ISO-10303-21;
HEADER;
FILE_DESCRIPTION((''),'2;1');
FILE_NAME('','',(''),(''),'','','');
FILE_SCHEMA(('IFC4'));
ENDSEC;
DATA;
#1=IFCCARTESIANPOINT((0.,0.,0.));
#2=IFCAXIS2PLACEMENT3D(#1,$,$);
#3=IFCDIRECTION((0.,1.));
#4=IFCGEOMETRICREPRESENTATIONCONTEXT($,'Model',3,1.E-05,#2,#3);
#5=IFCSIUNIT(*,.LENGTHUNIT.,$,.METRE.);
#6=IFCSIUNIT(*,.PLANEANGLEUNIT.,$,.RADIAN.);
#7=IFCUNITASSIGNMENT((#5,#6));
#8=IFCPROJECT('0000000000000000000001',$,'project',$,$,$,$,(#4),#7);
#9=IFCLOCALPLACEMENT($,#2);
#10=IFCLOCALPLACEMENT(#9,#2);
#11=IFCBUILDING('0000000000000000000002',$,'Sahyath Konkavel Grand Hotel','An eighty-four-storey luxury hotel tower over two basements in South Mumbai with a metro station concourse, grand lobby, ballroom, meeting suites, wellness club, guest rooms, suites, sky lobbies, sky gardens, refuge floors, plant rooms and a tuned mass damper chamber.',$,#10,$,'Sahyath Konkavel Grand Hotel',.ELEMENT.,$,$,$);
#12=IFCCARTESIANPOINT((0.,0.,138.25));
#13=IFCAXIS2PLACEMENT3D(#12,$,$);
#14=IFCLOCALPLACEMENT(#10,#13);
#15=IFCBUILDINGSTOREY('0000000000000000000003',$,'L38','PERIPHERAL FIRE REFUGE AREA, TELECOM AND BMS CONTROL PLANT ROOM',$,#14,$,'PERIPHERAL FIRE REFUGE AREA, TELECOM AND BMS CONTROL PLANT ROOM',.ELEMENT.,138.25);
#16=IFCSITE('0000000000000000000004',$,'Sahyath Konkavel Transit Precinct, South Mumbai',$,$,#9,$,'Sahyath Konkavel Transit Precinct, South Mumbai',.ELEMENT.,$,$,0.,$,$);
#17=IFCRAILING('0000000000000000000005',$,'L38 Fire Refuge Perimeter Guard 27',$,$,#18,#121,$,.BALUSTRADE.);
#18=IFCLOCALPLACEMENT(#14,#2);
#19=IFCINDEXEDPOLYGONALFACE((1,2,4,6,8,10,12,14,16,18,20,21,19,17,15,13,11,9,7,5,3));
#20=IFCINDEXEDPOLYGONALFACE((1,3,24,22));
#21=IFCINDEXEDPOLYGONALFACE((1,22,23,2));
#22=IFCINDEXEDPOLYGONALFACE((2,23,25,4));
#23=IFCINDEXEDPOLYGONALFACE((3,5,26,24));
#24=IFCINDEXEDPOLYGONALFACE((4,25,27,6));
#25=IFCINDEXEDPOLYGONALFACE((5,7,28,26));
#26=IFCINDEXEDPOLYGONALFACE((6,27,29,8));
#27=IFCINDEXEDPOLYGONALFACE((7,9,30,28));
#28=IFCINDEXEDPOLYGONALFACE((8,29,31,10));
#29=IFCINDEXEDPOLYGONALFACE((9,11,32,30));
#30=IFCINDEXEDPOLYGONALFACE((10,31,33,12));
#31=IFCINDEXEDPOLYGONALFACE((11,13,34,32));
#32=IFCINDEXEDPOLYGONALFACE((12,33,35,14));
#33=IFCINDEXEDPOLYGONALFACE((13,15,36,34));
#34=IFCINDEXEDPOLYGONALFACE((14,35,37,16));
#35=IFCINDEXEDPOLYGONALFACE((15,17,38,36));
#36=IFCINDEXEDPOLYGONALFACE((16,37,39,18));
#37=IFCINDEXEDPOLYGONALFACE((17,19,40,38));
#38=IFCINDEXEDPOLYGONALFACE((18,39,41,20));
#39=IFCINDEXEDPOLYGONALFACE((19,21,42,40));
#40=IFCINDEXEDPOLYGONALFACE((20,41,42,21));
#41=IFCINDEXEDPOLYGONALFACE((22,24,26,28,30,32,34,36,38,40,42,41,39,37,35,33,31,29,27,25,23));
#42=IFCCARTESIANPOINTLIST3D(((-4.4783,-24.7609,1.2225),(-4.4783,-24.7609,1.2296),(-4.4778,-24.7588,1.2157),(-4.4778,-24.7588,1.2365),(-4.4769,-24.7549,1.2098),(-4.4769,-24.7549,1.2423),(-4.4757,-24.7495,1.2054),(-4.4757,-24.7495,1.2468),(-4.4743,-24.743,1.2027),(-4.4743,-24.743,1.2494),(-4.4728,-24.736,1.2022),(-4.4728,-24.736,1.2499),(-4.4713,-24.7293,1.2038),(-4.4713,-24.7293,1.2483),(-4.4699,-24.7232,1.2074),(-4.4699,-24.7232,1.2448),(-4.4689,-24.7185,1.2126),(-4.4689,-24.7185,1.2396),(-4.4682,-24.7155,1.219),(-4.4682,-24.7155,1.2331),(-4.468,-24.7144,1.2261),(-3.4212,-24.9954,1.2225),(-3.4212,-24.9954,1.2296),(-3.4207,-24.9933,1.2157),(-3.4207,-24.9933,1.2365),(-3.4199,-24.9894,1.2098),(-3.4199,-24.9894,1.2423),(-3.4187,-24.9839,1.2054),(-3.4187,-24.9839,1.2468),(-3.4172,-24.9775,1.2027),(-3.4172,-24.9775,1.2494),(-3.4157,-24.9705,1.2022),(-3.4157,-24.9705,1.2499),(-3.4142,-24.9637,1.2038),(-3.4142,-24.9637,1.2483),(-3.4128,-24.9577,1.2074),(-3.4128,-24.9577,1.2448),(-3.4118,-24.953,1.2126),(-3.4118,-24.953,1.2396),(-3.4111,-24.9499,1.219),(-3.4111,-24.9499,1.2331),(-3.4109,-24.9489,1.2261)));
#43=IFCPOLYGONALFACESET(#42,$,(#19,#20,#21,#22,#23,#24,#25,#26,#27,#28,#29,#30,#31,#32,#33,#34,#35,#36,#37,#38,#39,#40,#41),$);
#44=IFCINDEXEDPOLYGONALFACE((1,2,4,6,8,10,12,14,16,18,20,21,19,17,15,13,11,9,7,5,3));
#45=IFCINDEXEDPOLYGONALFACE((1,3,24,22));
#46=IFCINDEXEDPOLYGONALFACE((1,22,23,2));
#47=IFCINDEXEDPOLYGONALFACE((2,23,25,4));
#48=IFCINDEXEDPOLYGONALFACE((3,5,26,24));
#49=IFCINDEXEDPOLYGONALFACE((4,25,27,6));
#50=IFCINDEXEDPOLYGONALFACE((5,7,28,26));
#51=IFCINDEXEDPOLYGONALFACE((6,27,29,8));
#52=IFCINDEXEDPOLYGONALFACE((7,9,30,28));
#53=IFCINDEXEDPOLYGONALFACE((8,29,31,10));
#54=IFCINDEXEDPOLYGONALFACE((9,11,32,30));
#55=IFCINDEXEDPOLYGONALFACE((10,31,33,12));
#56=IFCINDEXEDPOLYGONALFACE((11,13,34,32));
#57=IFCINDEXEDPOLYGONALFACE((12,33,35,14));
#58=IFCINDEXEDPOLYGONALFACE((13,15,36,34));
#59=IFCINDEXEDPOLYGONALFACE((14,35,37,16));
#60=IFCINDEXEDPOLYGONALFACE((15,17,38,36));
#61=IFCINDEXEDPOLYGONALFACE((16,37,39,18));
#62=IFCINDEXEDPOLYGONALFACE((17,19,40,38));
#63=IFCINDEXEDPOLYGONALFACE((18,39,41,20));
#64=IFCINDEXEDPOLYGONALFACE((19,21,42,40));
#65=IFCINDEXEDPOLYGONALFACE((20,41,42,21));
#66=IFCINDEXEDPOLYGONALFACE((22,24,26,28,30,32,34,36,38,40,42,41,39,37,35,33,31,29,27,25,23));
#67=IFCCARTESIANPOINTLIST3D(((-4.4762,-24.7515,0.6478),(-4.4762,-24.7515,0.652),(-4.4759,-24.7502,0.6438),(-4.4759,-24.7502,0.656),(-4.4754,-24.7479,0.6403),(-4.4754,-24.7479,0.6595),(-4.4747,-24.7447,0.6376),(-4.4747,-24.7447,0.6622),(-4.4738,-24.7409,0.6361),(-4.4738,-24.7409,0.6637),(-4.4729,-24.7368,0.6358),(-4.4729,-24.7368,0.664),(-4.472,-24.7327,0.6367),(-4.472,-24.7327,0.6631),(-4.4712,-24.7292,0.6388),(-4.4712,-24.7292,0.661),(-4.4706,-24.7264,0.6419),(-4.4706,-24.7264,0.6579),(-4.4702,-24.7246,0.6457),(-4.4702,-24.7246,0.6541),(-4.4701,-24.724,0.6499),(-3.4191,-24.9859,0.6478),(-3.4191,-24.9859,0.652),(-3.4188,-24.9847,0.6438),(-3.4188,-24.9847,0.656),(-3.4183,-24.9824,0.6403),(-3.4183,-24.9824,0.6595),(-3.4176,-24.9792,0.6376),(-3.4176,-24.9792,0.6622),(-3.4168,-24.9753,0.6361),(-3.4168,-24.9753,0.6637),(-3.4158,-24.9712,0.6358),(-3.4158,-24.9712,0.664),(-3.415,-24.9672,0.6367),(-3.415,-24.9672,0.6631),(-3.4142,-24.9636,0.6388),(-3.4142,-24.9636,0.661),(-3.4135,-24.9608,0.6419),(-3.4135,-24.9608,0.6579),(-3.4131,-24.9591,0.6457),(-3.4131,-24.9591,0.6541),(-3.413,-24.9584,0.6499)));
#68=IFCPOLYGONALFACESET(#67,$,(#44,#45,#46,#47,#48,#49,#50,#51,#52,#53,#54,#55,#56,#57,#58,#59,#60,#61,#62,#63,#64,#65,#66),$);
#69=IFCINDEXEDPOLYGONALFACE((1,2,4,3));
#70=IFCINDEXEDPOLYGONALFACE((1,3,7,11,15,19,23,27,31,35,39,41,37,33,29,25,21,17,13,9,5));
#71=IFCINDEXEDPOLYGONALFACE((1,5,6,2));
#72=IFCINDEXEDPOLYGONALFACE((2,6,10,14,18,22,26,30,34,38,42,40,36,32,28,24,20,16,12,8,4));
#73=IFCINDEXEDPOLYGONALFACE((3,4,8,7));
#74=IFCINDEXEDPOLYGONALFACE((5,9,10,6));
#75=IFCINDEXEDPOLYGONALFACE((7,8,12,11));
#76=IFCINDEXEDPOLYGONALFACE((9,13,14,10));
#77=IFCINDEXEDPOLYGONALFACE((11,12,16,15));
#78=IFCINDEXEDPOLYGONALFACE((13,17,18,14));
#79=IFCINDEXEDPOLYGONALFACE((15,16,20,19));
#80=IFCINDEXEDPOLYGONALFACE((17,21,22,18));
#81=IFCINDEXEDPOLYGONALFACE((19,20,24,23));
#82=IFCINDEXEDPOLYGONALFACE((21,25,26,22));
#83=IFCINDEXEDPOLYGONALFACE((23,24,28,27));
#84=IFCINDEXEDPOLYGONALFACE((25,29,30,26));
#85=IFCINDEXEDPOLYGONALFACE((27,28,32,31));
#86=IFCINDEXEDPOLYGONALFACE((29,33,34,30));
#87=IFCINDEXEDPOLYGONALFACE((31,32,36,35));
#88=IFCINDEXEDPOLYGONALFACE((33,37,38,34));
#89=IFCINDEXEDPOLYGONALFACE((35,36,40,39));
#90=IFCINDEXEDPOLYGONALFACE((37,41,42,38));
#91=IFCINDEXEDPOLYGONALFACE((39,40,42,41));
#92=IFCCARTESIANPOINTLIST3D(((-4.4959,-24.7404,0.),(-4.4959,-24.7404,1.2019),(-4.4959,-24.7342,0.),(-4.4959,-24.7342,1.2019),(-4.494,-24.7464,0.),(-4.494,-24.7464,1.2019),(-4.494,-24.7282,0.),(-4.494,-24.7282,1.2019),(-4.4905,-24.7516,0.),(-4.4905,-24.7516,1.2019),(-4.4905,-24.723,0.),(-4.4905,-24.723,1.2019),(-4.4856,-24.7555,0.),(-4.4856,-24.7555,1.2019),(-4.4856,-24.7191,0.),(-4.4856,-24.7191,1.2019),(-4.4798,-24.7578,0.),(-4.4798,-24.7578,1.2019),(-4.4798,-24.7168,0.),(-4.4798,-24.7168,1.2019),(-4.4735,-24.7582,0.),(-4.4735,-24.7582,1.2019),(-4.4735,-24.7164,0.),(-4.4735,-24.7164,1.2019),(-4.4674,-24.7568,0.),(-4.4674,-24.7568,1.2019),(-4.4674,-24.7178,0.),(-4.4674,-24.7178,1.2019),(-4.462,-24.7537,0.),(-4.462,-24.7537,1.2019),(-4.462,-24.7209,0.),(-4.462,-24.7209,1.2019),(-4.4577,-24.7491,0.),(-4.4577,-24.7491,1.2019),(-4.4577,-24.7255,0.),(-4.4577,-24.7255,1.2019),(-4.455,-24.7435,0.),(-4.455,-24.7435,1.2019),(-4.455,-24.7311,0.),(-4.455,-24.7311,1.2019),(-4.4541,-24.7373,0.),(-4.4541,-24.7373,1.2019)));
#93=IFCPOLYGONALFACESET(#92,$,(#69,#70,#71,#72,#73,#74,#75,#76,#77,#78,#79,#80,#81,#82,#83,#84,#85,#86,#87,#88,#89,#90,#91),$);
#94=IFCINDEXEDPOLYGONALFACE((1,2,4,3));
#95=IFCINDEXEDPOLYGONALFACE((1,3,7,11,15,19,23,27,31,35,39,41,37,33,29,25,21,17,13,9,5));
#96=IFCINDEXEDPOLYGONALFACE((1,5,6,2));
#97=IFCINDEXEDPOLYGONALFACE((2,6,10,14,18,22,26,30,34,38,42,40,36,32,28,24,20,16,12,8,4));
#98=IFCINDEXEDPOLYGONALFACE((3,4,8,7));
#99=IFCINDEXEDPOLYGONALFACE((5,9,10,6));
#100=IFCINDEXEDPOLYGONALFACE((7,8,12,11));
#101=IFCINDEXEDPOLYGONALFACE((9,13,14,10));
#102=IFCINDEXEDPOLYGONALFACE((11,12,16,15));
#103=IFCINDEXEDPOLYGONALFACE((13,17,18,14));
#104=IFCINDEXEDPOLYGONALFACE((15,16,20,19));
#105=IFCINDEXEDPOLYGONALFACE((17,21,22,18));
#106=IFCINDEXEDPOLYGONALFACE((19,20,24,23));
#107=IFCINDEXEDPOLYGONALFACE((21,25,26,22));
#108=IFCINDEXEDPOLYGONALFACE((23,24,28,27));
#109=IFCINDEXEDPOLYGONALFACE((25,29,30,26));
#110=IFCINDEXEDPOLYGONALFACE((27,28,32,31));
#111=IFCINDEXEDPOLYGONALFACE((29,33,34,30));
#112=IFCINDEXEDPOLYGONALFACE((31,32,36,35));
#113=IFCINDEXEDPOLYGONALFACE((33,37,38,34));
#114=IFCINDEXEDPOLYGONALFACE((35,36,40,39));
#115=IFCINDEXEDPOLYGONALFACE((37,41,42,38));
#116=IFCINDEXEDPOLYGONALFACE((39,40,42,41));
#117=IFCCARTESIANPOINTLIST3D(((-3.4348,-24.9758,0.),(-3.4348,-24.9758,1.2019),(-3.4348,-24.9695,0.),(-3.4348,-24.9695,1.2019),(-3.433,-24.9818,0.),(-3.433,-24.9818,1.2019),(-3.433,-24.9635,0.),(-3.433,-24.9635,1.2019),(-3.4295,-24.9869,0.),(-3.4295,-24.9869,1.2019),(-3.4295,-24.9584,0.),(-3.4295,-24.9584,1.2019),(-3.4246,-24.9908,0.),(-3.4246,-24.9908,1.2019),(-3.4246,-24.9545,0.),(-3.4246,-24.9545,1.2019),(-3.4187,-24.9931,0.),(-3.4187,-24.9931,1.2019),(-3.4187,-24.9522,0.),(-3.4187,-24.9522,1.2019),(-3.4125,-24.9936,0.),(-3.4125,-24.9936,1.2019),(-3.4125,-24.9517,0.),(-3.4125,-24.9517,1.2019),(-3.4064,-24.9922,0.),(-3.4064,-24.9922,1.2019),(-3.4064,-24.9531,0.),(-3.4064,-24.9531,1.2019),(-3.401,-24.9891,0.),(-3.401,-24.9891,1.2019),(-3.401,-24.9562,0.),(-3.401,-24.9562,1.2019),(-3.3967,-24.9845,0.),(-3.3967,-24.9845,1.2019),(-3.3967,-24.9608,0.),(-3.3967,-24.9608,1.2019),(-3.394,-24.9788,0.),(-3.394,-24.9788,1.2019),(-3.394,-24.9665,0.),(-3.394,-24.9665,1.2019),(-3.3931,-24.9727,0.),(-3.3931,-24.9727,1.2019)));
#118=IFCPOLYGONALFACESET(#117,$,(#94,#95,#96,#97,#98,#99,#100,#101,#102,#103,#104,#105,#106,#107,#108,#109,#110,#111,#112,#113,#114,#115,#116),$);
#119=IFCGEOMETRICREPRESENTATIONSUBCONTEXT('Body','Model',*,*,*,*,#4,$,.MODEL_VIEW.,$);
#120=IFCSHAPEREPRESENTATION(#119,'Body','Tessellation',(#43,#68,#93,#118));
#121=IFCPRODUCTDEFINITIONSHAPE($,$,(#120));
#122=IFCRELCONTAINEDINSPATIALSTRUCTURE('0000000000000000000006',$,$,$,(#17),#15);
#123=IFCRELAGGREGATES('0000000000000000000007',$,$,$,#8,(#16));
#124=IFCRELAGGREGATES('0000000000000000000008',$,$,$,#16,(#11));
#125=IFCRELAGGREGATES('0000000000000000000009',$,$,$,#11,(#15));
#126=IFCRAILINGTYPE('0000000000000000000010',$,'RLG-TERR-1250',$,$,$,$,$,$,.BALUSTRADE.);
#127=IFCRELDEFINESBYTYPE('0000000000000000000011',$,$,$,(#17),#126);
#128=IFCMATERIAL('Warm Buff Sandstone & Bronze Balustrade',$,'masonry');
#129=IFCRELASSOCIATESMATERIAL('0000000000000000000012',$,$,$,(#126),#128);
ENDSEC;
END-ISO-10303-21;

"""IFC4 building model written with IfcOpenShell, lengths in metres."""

from ifc_helpers import new_model, si_unit, direction, frame, origin, origin_2d, place, context, subcontext, project, spatial, circle, extrude, material, type_object, element, save


model = new_model("IFC4")

# Units and contexts
model_context = context("Model", 3, precision=1e-05, world=origin(), true_north=direction((0.0, 1.0)))
body_context = subcontext(model_context, "Body", "Model", "MODEL_VIEW")
ifc_project = project(units=[si_unit("LENGTHUNIT", "METRE"), si_unit("PLANEANGLEUNIT", "RADIAN")], contexts=[model_context])

# Site, building, storey
site_placement = place(None, origin())
site = spatial("IfcSite", under=ifc_project, at=site_placement, Name="Sahyath Konkavel Transit Precinct, South Mumbai", LongName="Sahyath Konkavel Transit Precinct, South Mumbai", CompositionType="ELEMENT", RefElevation=0.0)
building_placement = place(site_placement, origin())
building = spatial("IfcBuilding", under=site, at=building_placement, Name="Sahyath Konkavel Grand Hotel", Description="An eighty-four-storey luxury hotel tower over two basements in South Mumbai with a metro station concourse, grand lobby, ballroom, meeting suites, wellness club, guest rooms, suites, sky lobbies, sky gardens, refuge floors, plant rooms and a tuned mass damper chamber.", LongName="Sahyath Konkavel Grand Hotel", CompositionType="ELEMENT")
storey_placement = place(building_placement, frame((0.0, 0.0, 138.25)))
storey = spatial("IfcBuildingStorey", under=building, at=storey_placement, Name="L38", Description="PERIPHERAL FIRE REFUGE AREA, TELECOM AND BMS CONTROL PLANT ROOM", LongName="PERIPHERAL FIRE REFUGE AREA, TELECOM AND BMS CONTROL PLANT ROOM", CompositionType="ELEMENT", Elevation=138.25)

# Railing
ifc_material_1 = material(Name="Warm Buff Sandstone & Bronze Balustrade", Category="masonry")
railing_type = type_object("IfcRailingType", Name="RLG-TERR-1250", PredefinedType="BALUSTRADE", material=ifc_material_1)
railing_1_placement = place(storey_placement, frame((-4.4751, -24.7373, 0.0)))
element("IfcRailing", 1, at=railing_1_placement, inside=storey, type_object=railing_type, Name="L38 Fire Refuge Perimeter Guard 27", PredefinedType="BALUSTRADE", context=body_context, shape_type="SweptSolid", body=[
    extrude(circle(Radius=0.0239, at=origin_2d()), frame((0.002, -0.0005, 1.2261), z_axis=(0.976272, -0.21655, 0.0), x_axis=(0.21655, 0.976272, 0.0)), (0.0, 0.0, 1.0), 1.0828),
    extrude(circle(Radius=0.0142, at=origin_2d()), frame((0.002, -0.0005, 0.6499), z_axis=(0.976272, -0.21655, 0.0), x_axis=(0.21655, 0.976272, 0.0)), (0.0, 0.0, 1.0), 1.0828),
    extrude(circle(Radius=0.021, at=origin_2d()), origin(), (0.0, 0.0, 1.0), 1.2019),
    extrude(circle(Radius=0.021, at=origin_2d()), frame((1.061, -0.2354, 0.0)), (0.0, 0.0, 1.0), 1.2019),
])

save(model, "model.ifc")
